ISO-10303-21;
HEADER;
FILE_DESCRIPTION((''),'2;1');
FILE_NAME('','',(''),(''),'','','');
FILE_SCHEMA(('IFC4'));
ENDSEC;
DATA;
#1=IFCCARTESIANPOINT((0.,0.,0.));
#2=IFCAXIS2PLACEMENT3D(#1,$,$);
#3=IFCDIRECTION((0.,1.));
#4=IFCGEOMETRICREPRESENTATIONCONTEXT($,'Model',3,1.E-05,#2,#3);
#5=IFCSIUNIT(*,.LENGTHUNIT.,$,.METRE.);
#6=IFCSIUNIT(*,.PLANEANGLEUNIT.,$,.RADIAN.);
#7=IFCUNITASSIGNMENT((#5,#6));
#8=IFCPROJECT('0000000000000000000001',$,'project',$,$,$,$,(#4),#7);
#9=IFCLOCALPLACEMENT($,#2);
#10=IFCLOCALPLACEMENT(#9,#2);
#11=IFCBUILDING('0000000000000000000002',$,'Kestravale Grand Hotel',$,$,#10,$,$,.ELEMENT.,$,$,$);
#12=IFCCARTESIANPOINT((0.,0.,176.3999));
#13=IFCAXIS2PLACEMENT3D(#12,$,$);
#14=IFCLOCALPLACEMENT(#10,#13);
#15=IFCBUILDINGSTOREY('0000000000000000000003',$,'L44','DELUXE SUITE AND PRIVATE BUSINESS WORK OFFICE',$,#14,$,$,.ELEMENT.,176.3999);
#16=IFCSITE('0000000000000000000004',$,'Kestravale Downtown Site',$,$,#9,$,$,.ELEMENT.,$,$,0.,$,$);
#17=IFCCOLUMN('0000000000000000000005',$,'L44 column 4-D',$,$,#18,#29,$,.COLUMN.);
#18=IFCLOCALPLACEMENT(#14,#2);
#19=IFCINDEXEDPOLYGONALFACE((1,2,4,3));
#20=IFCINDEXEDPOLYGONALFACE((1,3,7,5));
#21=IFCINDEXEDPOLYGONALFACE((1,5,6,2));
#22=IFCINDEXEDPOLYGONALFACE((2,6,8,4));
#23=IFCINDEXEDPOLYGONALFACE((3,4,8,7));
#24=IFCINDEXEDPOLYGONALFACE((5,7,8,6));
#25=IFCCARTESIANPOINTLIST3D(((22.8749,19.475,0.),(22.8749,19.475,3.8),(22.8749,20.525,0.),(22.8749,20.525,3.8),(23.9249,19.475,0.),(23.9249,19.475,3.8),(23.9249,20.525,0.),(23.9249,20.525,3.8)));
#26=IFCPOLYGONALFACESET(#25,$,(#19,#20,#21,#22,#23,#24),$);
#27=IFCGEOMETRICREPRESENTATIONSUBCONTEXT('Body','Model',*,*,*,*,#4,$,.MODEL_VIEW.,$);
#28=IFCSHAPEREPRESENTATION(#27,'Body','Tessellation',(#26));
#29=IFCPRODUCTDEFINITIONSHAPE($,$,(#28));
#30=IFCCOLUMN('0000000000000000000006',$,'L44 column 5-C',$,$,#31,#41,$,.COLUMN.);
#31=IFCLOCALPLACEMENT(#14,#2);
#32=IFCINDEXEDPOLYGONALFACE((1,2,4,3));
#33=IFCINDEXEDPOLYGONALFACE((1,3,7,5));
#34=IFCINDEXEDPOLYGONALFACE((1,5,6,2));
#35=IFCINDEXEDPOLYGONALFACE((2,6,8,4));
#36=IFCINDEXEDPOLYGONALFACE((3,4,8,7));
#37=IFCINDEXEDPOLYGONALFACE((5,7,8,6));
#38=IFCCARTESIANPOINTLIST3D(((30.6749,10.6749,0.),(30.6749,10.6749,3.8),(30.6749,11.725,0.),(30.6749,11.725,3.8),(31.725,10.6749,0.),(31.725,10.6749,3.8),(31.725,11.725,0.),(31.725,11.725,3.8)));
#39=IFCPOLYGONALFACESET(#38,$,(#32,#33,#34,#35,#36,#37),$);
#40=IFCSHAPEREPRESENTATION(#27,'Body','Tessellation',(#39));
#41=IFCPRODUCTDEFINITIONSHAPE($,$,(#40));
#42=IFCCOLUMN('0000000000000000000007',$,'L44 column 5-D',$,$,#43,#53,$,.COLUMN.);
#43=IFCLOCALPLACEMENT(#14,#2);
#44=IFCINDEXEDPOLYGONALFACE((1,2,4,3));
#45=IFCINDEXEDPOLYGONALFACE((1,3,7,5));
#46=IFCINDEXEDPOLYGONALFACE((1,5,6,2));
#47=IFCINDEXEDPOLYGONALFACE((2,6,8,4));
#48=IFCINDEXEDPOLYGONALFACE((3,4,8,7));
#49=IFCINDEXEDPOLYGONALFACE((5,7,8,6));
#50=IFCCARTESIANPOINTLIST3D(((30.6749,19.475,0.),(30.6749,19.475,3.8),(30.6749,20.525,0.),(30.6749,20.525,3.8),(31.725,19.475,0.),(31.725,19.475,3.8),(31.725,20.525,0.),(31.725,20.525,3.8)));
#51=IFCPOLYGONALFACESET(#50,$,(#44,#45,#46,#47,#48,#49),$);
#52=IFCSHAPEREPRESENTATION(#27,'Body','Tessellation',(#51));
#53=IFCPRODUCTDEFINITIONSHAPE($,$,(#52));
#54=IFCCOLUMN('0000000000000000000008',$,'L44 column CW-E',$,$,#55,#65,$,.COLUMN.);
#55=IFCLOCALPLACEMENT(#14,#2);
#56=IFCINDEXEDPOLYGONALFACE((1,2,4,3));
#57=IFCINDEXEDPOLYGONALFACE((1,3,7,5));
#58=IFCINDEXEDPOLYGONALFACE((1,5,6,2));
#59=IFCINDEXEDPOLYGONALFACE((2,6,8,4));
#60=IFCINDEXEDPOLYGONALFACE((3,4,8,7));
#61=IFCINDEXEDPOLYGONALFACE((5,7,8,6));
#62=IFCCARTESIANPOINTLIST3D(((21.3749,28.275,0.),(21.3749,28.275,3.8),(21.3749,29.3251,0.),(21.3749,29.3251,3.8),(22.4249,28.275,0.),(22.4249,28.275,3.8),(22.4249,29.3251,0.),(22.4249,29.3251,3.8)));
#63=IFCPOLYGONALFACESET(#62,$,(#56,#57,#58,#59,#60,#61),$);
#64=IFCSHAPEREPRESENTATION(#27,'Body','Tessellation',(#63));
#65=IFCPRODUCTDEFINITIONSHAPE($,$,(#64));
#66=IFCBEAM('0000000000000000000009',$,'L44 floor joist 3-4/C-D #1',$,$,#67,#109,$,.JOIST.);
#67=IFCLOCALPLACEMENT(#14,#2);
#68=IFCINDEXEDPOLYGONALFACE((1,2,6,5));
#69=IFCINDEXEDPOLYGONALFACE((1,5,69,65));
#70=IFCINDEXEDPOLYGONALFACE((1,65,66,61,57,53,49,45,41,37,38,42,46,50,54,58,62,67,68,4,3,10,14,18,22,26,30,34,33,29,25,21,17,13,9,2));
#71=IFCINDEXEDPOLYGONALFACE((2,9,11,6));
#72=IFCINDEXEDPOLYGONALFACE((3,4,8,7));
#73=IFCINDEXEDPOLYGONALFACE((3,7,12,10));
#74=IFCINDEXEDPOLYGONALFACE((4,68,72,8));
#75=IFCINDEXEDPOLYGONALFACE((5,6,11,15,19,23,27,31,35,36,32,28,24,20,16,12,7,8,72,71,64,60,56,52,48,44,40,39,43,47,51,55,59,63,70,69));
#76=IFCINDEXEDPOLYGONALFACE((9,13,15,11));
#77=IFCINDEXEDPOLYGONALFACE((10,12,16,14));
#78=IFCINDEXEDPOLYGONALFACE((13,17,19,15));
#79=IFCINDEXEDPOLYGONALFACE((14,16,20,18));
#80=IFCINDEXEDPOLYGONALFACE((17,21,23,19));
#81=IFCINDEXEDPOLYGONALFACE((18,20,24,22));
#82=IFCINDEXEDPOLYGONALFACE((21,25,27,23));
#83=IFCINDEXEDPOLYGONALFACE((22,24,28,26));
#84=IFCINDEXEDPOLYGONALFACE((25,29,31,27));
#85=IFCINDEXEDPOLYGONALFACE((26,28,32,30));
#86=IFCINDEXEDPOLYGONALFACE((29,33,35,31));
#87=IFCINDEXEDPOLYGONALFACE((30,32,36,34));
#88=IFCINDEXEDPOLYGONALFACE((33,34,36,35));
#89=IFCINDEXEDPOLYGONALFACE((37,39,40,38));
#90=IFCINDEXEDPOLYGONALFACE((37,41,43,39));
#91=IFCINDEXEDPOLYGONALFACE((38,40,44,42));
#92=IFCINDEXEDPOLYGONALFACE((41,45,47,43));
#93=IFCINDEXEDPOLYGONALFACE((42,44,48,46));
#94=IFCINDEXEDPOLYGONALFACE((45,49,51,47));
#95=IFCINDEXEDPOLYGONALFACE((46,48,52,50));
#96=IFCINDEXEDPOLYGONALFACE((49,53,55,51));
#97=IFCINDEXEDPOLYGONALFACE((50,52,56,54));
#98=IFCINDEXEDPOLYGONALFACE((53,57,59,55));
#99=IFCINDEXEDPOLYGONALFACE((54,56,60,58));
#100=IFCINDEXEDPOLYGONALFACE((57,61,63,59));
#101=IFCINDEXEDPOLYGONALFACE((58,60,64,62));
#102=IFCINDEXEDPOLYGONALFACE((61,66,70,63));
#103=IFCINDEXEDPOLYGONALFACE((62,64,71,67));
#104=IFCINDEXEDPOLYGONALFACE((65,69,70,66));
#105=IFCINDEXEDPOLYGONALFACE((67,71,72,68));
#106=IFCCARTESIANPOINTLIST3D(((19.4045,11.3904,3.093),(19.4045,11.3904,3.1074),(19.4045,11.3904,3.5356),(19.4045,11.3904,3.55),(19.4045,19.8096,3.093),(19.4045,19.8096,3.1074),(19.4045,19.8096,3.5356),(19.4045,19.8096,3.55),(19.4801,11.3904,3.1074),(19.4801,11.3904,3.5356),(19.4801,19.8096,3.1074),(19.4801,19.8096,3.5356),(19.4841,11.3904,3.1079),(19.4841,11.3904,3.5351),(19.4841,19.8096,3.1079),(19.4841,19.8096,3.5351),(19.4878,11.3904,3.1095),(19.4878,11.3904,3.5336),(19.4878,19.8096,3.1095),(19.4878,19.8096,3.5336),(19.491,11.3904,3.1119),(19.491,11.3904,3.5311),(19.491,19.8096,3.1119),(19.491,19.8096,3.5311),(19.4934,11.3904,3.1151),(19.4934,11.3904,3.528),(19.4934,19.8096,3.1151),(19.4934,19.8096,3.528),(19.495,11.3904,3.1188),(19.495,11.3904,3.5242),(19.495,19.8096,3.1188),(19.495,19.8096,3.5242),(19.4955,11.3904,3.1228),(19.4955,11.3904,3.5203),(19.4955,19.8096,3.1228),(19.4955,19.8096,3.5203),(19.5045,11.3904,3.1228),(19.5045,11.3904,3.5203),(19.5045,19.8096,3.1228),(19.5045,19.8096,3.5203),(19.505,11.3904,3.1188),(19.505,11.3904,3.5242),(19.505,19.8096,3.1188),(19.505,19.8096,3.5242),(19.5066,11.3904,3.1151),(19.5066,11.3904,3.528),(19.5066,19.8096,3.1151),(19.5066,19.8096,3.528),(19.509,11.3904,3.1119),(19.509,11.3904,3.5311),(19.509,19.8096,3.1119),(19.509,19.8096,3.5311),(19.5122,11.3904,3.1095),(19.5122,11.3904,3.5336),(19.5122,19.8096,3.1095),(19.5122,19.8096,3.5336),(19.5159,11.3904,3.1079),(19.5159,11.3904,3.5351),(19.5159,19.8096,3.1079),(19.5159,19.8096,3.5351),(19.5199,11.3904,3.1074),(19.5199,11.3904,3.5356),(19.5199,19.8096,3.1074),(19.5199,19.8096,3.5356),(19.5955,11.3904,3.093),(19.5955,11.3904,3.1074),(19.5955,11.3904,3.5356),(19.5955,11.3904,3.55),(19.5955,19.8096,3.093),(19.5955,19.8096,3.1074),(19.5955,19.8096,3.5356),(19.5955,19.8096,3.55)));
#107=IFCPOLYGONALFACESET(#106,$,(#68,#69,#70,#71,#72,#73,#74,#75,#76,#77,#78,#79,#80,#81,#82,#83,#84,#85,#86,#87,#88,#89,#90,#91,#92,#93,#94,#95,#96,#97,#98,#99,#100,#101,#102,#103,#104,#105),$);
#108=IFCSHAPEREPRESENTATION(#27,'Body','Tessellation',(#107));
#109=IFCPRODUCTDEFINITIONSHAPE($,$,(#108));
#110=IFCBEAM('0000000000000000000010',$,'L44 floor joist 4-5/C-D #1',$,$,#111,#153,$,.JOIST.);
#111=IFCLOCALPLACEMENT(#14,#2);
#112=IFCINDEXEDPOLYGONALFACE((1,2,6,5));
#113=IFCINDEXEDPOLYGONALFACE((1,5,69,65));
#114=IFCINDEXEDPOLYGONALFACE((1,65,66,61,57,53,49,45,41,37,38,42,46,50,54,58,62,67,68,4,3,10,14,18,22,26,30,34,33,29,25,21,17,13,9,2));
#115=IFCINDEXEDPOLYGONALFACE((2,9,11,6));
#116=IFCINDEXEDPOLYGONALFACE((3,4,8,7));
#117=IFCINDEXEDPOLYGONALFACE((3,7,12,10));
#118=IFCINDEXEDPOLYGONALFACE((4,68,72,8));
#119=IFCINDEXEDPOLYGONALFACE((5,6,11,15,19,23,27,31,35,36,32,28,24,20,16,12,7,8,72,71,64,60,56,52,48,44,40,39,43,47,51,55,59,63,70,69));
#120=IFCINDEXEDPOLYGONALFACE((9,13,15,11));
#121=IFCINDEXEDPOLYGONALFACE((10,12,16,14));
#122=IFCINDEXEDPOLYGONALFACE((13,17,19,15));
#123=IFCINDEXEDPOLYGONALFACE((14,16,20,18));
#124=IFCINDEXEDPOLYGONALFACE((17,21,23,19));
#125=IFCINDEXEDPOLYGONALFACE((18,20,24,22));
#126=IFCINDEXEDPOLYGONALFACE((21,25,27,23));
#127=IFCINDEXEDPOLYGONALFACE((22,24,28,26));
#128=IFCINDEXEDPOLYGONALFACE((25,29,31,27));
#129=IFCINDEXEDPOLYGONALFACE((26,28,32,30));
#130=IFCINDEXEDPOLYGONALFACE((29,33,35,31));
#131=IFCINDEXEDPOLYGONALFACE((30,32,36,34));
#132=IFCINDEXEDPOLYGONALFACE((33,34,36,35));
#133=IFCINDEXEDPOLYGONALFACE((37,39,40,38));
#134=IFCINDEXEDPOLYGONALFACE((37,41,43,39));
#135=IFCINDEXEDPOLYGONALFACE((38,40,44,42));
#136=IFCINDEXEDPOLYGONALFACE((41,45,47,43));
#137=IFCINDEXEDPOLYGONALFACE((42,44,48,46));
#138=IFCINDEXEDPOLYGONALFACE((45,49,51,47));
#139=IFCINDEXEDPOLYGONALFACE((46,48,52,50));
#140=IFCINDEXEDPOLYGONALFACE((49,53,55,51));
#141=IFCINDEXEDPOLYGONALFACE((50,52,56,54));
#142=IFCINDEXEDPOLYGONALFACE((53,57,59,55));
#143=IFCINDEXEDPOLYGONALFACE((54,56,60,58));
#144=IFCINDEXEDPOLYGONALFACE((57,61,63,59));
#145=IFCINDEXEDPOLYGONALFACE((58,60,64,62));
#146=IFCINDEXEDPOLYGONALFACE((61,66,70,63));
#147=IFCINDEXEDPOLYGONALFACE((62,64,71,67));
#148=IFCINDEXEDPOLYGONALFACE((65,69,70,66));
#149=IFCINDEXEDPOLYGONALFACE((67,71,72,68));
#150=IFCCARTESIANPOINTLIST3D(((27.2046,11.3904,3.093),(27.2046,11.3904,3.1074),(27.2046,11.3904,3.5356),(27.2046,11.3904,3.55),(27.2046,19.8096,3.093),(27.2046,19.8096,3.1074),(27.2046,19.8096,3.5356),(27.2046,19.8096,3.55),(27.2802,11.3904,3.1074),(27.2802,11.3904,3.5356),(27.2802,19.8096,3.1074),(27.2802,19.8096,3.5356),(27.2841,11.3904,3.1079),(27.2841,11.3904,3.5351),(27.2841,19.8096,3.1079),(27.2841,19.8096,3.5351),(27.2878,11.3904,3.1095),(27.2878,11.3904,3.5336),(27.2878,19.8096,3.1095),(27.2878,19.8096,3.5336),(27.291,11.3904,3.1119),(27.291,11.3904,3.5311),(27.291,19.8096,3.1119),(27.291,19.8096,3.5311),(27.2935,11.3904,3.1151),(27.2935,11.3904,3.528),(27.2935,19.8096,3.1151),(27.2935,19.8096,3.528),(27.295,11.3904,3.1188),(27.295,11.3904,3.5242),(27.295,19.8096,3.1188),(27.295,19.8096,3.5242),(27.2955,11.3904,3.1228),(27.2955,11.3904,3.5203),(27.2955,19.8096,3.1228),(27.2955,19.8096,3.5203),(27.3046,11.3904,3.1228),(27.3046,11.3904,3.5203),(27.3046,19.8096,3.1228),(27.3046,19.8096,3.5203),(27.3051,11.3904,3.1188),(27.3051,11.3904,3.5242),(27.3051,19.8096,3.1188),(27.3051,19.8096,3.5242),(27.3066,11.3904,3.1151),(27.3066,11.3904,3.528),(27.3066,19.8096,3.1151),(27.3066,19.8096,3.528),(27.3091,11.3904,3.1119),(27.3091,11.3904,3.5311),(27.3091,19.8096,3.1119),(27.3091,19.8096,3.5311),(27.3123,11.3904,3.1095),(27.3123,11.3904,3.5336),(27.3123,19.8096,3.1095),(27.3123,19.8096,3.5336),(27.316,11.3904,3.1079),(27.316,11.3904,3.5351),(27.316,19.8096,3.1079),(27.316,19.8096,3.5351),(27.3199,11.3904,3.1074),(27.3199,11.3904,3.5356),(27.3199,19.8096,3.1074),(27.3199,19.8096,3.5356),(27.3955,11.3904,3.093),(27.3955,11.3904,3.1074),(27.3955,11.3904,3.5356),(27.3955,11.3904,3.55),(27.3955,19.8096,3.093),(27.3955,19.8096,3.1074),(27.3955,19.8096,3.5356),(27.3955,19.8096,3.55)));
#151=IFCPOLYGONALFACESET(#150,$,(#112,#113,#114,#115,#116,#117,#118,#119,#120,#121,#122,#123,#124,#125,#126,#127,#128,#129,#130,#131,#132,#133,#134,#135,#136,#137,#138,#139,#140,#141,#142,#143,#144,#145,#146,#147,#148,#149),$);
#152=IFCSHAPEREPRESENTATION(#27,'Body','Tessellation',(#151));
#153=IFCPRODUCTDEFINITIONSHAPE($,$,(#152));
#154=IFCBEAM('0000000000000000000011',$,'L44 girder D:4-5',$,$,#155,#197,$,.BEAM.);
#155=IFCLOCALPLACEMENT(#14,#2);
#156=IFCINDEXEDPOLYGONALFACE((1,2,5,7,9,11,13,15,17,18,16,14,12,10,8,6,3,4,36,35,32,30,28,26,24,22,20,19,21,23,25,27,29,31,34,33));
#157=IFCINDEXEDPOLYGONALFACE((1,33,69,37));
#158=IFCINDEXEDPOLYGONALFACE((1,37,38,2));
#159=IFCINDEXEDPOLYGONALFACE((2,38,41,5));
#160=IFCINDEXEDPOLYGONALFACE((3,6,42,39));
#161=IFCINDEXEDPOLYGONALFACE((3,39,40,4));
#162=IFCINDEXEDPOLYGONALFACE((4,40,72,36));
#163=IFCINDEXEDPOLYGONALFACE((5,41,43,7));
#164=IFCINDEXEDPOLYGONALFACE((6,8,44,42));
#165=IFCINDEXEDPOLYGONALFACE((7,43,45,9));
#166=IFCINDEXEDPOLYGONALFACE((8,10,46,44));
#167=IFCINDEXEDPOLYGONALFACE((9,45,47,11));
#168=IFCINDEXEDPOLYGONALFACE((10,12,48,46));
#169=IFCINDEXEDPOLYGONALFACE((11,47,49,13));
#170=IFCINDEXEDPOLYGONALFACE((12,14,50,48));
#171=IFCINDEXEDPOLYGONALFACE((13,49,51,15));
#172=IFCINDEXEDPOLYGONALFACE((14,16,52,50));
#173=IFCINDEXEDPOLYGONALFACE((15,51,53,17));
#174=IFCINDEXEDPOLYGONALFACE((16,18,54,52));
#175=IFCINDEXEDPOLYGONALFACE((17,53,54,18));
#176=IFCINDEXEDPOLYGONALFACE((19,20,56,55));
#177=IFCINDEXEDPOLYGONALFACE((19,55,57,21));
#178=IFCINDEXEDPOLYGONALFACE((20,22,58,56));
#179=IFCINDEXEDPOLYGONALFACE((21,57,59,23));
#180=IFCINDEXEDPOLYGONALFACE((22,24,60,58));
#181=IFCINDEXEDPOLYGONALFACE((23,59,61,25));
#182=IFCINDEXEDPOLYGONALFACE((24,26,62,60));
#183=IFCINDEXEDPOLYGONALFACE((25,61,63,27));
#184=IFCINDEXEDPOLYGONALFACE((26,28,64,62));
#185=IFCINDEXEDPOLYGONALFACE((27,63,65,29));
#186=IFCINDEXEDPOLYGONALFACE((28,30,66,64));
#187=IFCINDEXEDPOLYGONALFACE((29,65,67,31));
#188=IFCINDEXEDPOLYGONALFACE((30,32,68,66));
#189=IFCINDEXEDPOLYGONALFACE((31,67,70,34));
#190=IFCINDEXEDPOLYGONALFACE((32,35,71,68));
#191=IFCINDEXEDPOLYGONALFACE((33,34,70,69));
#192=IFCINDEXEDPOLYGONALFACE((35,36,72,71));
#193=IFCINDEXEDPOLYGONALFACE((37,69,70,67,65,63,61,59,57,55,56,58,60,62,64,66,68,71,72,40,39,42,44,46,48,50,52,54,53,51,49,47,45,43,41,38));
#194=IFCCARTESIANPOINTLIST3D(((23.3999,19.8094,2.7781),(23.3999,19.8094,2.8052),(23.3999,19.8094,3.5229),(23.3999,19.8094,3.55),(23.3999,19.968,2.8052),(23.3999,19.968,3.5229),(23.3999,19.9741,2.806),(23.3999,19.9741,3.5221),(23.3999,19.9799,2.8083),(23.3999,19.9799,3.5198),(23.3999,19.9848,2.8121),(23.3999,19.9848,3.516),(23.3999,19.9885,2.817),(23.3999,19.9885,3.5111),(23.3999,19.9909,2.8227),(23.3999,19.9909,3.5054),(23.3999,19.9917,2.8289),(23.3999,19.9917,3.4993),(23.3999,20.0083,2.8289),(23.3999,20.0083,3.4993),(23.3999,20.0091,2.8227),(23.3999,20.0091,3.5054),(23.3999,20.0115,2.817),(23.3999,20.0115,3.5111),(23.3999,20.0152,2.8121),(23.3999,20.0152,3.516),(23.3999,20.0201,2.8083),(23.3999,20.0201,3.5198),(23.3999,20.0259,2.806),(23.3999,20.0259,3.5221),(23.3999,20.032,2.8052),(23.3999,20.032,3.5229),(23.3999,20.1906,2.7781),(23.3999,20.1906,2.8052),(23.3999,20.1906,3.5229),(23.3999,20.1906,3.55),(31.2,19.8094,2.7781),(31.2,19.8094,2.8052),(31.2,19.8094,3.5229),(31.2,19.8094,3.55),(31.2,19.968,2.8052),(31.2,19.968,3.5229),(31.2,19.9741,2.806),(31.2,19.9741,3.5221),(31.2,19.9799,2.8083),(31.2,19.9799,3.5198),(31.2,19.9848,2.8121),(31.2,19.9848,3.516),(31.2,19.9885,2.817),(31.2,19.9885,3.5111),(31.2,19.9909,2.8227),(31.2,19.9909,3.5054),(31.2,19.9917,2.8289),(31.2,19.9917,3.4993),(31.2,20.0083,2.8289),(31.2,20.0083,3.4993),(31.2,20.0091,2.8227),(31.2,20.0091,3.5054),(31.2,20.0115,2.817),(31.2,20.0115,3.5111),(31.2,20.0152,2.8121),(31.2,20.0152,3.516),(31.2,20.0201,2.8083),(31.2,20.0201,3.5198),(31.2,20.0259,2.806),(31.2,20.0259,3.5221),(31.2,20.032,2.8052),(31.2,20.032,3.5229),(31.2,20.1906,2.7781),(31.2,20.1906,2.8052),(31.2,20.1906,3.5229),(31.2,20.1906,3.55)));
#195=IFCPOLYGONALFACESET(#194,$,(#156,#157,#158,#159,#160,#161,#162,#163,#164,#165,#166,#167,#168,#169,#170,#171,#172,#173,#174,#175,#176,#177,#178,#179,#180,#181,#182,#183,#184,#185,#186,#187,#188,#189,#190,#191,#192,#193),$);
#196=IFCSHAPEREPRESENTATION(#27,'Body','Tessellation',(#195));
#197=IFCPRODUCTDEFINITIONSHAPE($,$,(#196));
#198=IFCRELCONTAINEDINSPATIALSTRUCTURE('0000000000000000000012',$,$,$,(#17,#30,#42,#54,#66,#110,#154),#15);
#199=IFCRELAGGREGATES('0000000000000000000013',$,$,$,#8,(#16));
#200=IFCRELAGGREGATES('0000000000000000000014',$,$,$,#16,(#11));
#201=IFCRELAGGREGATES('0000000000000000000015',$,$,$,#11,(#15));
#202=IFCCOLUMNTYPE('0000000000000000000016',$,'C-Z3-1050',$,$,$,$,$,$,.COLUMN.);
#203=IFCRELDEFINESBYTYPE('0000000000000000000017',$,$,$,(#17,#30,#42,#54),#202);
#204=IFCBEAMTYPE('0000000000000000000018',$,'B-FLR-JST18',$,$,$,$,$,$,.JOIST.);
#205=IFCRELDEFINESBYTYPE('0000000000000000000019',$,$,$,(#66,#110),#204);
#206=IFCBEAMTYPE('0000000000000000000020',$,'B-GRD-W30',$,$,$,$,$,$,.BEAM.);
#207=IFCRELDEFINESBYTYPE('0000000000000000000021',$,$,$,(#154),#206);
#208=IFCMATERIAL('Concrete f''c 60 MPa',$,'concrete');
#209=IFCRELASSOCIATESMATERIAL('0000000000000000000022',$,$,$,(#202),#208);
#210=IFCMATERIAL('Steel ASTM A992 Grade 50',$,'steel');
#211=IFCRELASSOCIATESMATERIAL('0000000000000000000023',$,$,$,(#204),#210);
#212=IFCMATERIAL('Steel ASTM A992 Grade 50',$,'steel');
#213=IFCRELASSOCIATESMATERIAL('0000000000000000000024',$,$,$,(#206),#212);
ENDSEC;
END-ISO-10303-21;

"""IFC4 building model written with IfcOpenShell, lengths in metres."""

from ifc_helpers import new_model, si_unit, direction, frame, origin, origin_2d, place, context, subcontext, project, spatial, rectangle, i_section, extrude, material, material_profile, profile_set, type_object, element, save


model = new_model("IFC4")

# Units and contexts
model_context = context("Model", 3, precision=1e-05, world=origin(), true_north=direction((0.0, 1.0)))
body_context = subcontext(model_context, "Body", "Model", "MODEL_VIEW")
ifc_project = project(units=[si_unit("LENGTHUNIT", "METRE"), si_unit("PLANEANGLEUNIT", "RADIAN")], contexts=[model_context])

# Site, building, storey
site_placement = place(None, origin())
site = spatial("IfcSite", under=ifc_project, at=site_placement, Name="Kestravale Downtown Site", CompositionType="ELEMENT", RefElevation=0.0)
building_placement = place(site_placement, origin())
building = spatial("IfcBuilding", under=site, at=building_placement, Name="Kestravale Grand Hotel", CompositionType="ELEMENT")
storey_placement = place(building_placement, frame((0.0, 0.0, 176.3999)))
storey = spatial("IfcBuildingStorey", under=building, at=storey_placement, Name="L44", Description="DELUXE SUITE AND PRIVATE BUSINESS WORK OFFICE", CompositionType="ELEMENT", Elevation=176.3999)

# Columns
ifc_material_1 = material(Name="Concrete f'c 60 MPa", Category="concrete")
ifc_material_profile_1 = material_profile(ifc_material_1, rectangle(XDim=1.05, YDim=1.05, at=origin_2d()))
ifc_profile_set_1 = profile_set([ifc_material_profile_1], Name="Concrete f'c 60 MPa")
column_type = type_object("IfcColumnType", Name="C-Z3-1050", PredefinedType="COLUMN", material=ifc_profile_set_1)
for number, where, z_axis, x_axis, name in (
    (1, (23.3999, 20.0, 0.0), (0.0, 0.0, 1.0), (1.0, 0.0, 0.0), "L44 column 4-D"),
    (2, (31.2, 11.2, 0.0), (0.0, 0.0, 1.0), (1.0, 0.0, 0.0), "L44 column 5-C"),
    (3, (31.2, 20.0, 0.0), (0.0, 0.0, 1.0), (1.0, 0.0, 0.0), "L44 column 5-D"),
    (4, (21.8999, 28.8, 0.0), (0.0, 0.0, 1.0), (1.0, 0.0, 0.0), "L44 column CW-E"),
):
    element("IfcColumn", number, at=place(storey_placement, frame(where, z_axis=z_axis, x_axis=x_axis)), inside=storey, type_object=column_type, Name=name, PredefinedType="COLUMN", context=body_context, shape_type="SweptSolid", body=[
        extrude(rectangle(XDim=1.05, YDim=1.05, at=origin_2d()), origin(), (0.0, 0.0, 1.0), 3.8),
    ])

# Beams
ifc_material_2 = material(Name="Steel ASTM A992 Grade 50", Category="steel")
ifc_material_profile_2 = material_profile(ifc_material_2, i_section(OverallWidth=0.1909, OverallDepth=0.457, WebThickness=0.009, FlangeThickness=0.0144, FilletRadius=0.0154, at=origin_2d()))
ifc_profile_set_2 = profile_set([ifc_material_profile_2], Name="Steel ASTM A992 Grade 50")
beam_type_1 = type_object("IfcBeamType", Name="B-FLR-JST18", PredefinedType="JOIST", material=ifc_profile_set_2)
for number, where, z_axis, x_axis, name in (
    (5, (19.5, 11.3904, 3.3215), (0.0, 1.0, 0.0), (-1.0, 0.0, 0.0), "L44 floor joist 3-4/C-D #1"),
    (6, (27.3, 11.3904, 3.3215), (0.0, 1.0, 0.0), (-1.0, 0.0, 0.0), "L44 floor joist 4-5/C-D #1"),
):
    element("IfcBeam", number, at=place(storey_placement, frame(where, z_axis=z_axis, x_axis=x_axis)), inside=storey, type_object=beam_type_1, Name=name, PredefinedType="JOIST", context=body_context, shape_type="SweptSolid", body=[
        extrude(i_section(OverallWidth=0.1909, OverallDepth=0.457, WebThickness=0.009, FlangeThickness=0.0144, FilletRadius=0.0154, at=origin_2d()), origin(), (0.0, 0.0, 1.0), 8.4192),
    ])
ifc_material_3 = material(Name="Steel ASTM A992 Grade 50", Category="steel")
ifc_material_profile_3 = material_profile(ifc_material_3, i_section(OverallWidth=0.3811, OverallDepth=0.772, WebThickness=0.0166, FlangeThickness=0.0271, FilletRadius=0.0237, at=origin_2d()))
ifc_profile_set_3 = profile_set([ifc_material_profile_3], Name="Steel ASTM A992 Grade 50")
beam_type_2 = type_object("IfcBeamType", Name="B-GRD-W30", PredefinedType="BEAM", material=ifc_profile_set_3)
beam_1_placement = place(storey_placement, frame((23.3999, 20.0, 3.1641), z_axis=(1.0, 0.0, 0.0), x_axis=(0.0, 1.0, 0.0)))
element("IfcBeam", 7, at=beam_1_placement, inside=storey, type_object=beam_type_2, Name="L44 girder D:4-5", PredefinedType="BEAM", context=body_context, shape_type="SweptSolid", body=[
    extrude(i_section(OverallWidth=0.3811, OverallDepth=0.772, WebThickness=0.0166, FlangeThickness=0.0271, FilletRadius=0.0237, at=origin_2d()), origin(), (0.0, 0.0, 1.0), 7.8),
])

save(model, "model.ifc")
